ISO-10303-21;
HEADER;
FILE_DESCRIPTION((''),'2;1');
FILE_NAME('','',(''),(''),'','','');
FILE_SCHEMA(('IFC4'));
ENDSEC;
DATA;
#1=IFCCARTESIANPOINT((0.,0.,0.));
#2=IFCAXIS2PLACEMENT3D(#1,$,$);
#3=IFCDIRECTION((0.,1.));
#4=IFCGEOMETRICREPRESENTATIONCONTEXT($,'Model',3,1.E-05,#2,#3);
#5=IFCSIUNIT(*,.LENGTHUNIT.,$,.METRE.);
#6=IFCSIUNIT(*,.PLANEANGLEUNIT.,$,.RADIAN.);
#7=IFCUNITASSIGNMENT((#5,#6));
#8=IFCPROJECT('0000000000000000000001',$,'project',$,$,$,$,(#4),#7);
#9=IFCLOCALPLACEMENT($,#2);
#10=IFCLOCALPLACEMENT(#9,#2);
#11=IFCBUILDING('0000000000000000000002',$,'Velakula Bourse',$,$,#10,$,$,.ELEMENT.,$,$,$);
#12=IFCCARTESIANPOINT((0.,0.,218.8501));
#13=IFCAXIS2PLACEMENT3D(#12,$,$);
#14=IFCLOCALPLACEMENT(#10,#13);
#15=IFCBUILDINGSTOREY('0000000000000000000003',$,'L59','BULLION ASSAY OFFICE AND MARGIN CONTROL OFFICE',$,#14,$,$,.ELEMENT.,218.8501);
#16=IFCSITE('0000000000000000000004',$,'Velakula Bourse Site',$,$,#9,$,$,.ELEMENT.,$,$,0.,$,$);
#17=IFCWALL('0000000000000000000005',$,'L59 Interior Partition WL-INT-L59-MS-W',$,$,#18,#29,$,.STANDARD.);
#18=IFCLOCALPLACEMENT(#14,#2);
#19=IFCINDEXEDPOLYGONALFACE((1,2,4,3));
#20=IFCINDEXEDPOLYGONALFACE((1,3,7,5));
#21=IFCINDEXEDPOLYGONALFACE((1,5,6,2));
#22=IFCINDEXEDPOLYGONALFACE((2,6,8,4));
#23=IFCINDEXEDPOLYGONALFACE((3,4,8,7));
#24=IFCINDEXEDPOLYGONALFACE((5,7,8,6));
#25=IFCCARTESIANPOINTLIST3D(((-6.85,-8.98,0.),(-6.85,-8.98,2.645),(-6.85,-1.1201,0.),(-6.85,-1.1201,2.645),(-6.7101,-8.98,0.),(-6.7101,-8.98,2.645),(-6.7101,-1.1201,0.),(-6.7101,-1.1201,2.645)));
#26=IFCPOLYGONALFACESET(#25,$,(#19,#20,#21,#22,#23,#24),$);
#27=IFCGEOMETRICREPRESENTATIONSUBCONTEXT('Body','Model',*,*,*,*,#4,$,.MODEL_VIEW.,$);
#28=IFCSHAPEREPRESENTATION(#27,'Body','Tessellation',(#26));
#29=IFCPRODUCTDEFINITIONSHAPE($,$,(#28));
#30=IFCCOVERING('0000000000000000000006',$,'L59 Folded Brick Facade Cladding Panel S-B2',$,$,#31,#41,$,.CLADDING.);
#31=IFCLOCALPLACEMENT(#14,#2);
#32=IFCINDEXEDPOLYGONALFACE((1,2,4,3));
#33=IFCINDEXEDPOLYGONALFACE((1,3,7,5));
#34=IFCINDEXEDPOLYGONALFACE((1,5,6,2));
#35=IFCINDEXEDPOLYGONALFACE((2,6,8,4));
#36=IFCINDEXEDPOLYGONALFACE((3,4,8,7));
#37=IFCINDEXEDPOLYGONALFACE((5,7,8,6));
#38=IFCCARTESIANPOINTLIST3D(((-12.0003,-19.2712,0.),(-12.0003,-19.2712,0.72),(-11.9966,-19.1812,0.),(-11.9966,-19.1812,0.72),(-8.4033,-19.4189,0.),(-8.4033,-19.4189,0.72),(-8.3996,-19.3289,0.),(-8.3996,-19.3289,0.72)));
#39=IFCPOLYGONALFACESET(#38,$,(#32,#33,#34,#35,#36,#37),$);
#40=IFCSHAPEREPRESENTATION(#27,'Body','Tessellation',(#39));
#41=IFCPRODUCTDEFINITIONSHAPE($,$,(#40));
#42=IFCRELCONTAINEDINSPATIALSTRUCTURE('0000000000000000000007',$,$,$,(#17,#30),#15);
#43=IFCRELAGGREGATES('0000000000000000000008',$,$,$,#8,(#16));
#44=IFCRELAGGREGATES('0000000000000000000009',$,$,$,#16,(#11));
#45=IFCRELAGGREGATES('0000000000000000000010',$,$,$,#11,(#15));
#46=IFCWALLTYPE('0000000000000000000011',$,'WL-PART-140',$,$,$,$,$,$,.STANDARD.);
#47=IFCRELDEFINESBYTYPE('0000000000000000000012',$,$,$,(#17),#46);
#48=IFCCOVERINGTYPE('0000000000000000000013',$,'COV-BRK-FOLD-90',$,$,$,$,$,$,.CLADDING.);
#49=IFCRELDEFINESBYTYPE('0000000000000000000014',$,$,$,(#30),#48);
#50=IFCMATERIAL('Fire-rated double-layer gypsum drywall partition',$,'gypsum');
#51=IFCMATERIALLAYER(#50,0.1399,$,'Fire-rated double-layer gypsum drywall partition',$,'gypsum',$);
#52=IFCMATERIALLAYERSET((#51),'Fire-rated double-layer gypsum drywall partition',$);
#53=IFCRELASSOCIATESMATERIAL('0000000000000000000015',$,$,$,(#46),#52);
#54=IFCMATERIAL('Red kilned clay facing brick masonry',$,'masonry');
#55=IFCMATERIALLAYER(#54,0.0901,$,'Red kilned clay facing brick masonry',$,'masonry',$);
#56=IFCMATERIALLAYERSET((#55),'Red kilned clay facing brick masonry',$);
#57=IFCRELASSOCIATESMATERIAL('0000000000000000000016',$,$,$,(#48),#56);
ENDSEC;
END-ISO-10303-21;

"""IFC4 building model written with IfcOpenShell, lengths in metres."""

from ifc_helpers import new_model, si_unit, direction, frame, frame_2d, origin, origin_2d, place, context, subcontext, project, spatial, rectangle, extrude, material, layer, layer_set, type_object, element, save


model = new_model("IFC4")

# Units and contexts
model_context = context("Model", 3, precision=1e-05, world=origin(), true_north=direction((0.0, 1.0)))
body_context = subcontext(model_context, "Body", "Model", "MODEL_VIEW")
ifc_project = project(units=[si_unit("LENGTHUNIT", "METRE"), si_unit("PLANEANGLEUNIT", "RADIAN")], contexts=[model_context])

# Site, building, storey
site_placement = place(None, origin())
site = spatial("IfcSite", under=ifc_project, at=site_placement, Name="Velakula Bourse Site", CompositionType="ELEMENT", RefElevation=0.0)
building_placement = place(site_placement, origin())
building = spatial("IfcBuilding", under=site, at=building_placement, Name="Velakula Bourse", CompositionType="ELEMENT")
storey_placement = place(building_placement, frame((0.0, 0.0, 218.8501)))
storey = spatial("IfcBuildingStorey", under=building, at=storey_placement, Name="L59", Description="BULLION ASSAY OFFICE AND MARGIN CONTROL OFFICE", CompositionType="ELEMENT", Elevation=218.8501)

# Wall
ifc_material_1 = material(Name="Fire-rated double-layer gypsum drywall partition", Category="gypsum")
ifc_layer_1 = layer(ifc_material_1, 0.1399, Name="Fire-rated double-layer gypsum drywall partition", Category="gypsum")
ifc_layer_set_1 = layer_set([ifc_layer_1], Name="Fire-rated double-layer gypsum drywall partition")
wall_type_1 = type_object("IfcWallType", Name="WL-PART-140", PredefinedType="STANDARD", material=ifc_layer_set_1)
wall_1_placement = place(storey_placement, frame((-6.78, -8.98, 0.0), z_axis=(0.0, 0.0, 1.0), x_axis=(0.0, 1.0, 0.0)))
element("IfcWall", 1, at=wall_1_placement, inside=storey, type_object=wall_type_1, Name="L59 Interior Partition WL-INT-L59-MS-W", PredefinedType="STANDARD", context=body_context, shape_type="SweptSolid", body=[
    extrude(rectangle(XDim=7.8599, YDim=0.1399, at=frame_2d((3.9299, 0.0))), origin(), (0.0, 0.0, 1.0), 2.645),
])

# Covering
ifc_material_2 = material(Name="Red kilned clay facing brick masonry", Category="masonry")
ifc_layer_2 = layer(ifc_material_2, 0.0901, Name="Red kilned clay facing brick masonry", Category="masonry")
ifc_layer_set_2 = layer_set([ifc_layer_2], Name="Red kilned clay facing brick masonry")
covering_type = type_object("IfcCoveringType", Name="COV-BRK-FOLD-90", PredefinedType="CLADDING", material=ifc_layer_set_2)
covering_placement = place(storey_placement, frame((-10.2, -19.3, 0.0), z_axis=(0.0, 0.0, 1.0), x_axis=(0.999159, -0.041004, 0.0)))
element("IfcCovering", 2, at=covering_placement, inside=storey, type_object=covering_type, Name="L59 Folded Brick Facade Cladding Panel S-B2", PredefinedType="CLADDING", context=body_context, shape_type="SweptSolid", body=[
    extrude(rectangle(XDim=3.6001, YDim=0.0901, at=origin_2d()), origin(), (0.0, 0.0, 1.0), 0.72),
])

save(model, "model.ifc")
